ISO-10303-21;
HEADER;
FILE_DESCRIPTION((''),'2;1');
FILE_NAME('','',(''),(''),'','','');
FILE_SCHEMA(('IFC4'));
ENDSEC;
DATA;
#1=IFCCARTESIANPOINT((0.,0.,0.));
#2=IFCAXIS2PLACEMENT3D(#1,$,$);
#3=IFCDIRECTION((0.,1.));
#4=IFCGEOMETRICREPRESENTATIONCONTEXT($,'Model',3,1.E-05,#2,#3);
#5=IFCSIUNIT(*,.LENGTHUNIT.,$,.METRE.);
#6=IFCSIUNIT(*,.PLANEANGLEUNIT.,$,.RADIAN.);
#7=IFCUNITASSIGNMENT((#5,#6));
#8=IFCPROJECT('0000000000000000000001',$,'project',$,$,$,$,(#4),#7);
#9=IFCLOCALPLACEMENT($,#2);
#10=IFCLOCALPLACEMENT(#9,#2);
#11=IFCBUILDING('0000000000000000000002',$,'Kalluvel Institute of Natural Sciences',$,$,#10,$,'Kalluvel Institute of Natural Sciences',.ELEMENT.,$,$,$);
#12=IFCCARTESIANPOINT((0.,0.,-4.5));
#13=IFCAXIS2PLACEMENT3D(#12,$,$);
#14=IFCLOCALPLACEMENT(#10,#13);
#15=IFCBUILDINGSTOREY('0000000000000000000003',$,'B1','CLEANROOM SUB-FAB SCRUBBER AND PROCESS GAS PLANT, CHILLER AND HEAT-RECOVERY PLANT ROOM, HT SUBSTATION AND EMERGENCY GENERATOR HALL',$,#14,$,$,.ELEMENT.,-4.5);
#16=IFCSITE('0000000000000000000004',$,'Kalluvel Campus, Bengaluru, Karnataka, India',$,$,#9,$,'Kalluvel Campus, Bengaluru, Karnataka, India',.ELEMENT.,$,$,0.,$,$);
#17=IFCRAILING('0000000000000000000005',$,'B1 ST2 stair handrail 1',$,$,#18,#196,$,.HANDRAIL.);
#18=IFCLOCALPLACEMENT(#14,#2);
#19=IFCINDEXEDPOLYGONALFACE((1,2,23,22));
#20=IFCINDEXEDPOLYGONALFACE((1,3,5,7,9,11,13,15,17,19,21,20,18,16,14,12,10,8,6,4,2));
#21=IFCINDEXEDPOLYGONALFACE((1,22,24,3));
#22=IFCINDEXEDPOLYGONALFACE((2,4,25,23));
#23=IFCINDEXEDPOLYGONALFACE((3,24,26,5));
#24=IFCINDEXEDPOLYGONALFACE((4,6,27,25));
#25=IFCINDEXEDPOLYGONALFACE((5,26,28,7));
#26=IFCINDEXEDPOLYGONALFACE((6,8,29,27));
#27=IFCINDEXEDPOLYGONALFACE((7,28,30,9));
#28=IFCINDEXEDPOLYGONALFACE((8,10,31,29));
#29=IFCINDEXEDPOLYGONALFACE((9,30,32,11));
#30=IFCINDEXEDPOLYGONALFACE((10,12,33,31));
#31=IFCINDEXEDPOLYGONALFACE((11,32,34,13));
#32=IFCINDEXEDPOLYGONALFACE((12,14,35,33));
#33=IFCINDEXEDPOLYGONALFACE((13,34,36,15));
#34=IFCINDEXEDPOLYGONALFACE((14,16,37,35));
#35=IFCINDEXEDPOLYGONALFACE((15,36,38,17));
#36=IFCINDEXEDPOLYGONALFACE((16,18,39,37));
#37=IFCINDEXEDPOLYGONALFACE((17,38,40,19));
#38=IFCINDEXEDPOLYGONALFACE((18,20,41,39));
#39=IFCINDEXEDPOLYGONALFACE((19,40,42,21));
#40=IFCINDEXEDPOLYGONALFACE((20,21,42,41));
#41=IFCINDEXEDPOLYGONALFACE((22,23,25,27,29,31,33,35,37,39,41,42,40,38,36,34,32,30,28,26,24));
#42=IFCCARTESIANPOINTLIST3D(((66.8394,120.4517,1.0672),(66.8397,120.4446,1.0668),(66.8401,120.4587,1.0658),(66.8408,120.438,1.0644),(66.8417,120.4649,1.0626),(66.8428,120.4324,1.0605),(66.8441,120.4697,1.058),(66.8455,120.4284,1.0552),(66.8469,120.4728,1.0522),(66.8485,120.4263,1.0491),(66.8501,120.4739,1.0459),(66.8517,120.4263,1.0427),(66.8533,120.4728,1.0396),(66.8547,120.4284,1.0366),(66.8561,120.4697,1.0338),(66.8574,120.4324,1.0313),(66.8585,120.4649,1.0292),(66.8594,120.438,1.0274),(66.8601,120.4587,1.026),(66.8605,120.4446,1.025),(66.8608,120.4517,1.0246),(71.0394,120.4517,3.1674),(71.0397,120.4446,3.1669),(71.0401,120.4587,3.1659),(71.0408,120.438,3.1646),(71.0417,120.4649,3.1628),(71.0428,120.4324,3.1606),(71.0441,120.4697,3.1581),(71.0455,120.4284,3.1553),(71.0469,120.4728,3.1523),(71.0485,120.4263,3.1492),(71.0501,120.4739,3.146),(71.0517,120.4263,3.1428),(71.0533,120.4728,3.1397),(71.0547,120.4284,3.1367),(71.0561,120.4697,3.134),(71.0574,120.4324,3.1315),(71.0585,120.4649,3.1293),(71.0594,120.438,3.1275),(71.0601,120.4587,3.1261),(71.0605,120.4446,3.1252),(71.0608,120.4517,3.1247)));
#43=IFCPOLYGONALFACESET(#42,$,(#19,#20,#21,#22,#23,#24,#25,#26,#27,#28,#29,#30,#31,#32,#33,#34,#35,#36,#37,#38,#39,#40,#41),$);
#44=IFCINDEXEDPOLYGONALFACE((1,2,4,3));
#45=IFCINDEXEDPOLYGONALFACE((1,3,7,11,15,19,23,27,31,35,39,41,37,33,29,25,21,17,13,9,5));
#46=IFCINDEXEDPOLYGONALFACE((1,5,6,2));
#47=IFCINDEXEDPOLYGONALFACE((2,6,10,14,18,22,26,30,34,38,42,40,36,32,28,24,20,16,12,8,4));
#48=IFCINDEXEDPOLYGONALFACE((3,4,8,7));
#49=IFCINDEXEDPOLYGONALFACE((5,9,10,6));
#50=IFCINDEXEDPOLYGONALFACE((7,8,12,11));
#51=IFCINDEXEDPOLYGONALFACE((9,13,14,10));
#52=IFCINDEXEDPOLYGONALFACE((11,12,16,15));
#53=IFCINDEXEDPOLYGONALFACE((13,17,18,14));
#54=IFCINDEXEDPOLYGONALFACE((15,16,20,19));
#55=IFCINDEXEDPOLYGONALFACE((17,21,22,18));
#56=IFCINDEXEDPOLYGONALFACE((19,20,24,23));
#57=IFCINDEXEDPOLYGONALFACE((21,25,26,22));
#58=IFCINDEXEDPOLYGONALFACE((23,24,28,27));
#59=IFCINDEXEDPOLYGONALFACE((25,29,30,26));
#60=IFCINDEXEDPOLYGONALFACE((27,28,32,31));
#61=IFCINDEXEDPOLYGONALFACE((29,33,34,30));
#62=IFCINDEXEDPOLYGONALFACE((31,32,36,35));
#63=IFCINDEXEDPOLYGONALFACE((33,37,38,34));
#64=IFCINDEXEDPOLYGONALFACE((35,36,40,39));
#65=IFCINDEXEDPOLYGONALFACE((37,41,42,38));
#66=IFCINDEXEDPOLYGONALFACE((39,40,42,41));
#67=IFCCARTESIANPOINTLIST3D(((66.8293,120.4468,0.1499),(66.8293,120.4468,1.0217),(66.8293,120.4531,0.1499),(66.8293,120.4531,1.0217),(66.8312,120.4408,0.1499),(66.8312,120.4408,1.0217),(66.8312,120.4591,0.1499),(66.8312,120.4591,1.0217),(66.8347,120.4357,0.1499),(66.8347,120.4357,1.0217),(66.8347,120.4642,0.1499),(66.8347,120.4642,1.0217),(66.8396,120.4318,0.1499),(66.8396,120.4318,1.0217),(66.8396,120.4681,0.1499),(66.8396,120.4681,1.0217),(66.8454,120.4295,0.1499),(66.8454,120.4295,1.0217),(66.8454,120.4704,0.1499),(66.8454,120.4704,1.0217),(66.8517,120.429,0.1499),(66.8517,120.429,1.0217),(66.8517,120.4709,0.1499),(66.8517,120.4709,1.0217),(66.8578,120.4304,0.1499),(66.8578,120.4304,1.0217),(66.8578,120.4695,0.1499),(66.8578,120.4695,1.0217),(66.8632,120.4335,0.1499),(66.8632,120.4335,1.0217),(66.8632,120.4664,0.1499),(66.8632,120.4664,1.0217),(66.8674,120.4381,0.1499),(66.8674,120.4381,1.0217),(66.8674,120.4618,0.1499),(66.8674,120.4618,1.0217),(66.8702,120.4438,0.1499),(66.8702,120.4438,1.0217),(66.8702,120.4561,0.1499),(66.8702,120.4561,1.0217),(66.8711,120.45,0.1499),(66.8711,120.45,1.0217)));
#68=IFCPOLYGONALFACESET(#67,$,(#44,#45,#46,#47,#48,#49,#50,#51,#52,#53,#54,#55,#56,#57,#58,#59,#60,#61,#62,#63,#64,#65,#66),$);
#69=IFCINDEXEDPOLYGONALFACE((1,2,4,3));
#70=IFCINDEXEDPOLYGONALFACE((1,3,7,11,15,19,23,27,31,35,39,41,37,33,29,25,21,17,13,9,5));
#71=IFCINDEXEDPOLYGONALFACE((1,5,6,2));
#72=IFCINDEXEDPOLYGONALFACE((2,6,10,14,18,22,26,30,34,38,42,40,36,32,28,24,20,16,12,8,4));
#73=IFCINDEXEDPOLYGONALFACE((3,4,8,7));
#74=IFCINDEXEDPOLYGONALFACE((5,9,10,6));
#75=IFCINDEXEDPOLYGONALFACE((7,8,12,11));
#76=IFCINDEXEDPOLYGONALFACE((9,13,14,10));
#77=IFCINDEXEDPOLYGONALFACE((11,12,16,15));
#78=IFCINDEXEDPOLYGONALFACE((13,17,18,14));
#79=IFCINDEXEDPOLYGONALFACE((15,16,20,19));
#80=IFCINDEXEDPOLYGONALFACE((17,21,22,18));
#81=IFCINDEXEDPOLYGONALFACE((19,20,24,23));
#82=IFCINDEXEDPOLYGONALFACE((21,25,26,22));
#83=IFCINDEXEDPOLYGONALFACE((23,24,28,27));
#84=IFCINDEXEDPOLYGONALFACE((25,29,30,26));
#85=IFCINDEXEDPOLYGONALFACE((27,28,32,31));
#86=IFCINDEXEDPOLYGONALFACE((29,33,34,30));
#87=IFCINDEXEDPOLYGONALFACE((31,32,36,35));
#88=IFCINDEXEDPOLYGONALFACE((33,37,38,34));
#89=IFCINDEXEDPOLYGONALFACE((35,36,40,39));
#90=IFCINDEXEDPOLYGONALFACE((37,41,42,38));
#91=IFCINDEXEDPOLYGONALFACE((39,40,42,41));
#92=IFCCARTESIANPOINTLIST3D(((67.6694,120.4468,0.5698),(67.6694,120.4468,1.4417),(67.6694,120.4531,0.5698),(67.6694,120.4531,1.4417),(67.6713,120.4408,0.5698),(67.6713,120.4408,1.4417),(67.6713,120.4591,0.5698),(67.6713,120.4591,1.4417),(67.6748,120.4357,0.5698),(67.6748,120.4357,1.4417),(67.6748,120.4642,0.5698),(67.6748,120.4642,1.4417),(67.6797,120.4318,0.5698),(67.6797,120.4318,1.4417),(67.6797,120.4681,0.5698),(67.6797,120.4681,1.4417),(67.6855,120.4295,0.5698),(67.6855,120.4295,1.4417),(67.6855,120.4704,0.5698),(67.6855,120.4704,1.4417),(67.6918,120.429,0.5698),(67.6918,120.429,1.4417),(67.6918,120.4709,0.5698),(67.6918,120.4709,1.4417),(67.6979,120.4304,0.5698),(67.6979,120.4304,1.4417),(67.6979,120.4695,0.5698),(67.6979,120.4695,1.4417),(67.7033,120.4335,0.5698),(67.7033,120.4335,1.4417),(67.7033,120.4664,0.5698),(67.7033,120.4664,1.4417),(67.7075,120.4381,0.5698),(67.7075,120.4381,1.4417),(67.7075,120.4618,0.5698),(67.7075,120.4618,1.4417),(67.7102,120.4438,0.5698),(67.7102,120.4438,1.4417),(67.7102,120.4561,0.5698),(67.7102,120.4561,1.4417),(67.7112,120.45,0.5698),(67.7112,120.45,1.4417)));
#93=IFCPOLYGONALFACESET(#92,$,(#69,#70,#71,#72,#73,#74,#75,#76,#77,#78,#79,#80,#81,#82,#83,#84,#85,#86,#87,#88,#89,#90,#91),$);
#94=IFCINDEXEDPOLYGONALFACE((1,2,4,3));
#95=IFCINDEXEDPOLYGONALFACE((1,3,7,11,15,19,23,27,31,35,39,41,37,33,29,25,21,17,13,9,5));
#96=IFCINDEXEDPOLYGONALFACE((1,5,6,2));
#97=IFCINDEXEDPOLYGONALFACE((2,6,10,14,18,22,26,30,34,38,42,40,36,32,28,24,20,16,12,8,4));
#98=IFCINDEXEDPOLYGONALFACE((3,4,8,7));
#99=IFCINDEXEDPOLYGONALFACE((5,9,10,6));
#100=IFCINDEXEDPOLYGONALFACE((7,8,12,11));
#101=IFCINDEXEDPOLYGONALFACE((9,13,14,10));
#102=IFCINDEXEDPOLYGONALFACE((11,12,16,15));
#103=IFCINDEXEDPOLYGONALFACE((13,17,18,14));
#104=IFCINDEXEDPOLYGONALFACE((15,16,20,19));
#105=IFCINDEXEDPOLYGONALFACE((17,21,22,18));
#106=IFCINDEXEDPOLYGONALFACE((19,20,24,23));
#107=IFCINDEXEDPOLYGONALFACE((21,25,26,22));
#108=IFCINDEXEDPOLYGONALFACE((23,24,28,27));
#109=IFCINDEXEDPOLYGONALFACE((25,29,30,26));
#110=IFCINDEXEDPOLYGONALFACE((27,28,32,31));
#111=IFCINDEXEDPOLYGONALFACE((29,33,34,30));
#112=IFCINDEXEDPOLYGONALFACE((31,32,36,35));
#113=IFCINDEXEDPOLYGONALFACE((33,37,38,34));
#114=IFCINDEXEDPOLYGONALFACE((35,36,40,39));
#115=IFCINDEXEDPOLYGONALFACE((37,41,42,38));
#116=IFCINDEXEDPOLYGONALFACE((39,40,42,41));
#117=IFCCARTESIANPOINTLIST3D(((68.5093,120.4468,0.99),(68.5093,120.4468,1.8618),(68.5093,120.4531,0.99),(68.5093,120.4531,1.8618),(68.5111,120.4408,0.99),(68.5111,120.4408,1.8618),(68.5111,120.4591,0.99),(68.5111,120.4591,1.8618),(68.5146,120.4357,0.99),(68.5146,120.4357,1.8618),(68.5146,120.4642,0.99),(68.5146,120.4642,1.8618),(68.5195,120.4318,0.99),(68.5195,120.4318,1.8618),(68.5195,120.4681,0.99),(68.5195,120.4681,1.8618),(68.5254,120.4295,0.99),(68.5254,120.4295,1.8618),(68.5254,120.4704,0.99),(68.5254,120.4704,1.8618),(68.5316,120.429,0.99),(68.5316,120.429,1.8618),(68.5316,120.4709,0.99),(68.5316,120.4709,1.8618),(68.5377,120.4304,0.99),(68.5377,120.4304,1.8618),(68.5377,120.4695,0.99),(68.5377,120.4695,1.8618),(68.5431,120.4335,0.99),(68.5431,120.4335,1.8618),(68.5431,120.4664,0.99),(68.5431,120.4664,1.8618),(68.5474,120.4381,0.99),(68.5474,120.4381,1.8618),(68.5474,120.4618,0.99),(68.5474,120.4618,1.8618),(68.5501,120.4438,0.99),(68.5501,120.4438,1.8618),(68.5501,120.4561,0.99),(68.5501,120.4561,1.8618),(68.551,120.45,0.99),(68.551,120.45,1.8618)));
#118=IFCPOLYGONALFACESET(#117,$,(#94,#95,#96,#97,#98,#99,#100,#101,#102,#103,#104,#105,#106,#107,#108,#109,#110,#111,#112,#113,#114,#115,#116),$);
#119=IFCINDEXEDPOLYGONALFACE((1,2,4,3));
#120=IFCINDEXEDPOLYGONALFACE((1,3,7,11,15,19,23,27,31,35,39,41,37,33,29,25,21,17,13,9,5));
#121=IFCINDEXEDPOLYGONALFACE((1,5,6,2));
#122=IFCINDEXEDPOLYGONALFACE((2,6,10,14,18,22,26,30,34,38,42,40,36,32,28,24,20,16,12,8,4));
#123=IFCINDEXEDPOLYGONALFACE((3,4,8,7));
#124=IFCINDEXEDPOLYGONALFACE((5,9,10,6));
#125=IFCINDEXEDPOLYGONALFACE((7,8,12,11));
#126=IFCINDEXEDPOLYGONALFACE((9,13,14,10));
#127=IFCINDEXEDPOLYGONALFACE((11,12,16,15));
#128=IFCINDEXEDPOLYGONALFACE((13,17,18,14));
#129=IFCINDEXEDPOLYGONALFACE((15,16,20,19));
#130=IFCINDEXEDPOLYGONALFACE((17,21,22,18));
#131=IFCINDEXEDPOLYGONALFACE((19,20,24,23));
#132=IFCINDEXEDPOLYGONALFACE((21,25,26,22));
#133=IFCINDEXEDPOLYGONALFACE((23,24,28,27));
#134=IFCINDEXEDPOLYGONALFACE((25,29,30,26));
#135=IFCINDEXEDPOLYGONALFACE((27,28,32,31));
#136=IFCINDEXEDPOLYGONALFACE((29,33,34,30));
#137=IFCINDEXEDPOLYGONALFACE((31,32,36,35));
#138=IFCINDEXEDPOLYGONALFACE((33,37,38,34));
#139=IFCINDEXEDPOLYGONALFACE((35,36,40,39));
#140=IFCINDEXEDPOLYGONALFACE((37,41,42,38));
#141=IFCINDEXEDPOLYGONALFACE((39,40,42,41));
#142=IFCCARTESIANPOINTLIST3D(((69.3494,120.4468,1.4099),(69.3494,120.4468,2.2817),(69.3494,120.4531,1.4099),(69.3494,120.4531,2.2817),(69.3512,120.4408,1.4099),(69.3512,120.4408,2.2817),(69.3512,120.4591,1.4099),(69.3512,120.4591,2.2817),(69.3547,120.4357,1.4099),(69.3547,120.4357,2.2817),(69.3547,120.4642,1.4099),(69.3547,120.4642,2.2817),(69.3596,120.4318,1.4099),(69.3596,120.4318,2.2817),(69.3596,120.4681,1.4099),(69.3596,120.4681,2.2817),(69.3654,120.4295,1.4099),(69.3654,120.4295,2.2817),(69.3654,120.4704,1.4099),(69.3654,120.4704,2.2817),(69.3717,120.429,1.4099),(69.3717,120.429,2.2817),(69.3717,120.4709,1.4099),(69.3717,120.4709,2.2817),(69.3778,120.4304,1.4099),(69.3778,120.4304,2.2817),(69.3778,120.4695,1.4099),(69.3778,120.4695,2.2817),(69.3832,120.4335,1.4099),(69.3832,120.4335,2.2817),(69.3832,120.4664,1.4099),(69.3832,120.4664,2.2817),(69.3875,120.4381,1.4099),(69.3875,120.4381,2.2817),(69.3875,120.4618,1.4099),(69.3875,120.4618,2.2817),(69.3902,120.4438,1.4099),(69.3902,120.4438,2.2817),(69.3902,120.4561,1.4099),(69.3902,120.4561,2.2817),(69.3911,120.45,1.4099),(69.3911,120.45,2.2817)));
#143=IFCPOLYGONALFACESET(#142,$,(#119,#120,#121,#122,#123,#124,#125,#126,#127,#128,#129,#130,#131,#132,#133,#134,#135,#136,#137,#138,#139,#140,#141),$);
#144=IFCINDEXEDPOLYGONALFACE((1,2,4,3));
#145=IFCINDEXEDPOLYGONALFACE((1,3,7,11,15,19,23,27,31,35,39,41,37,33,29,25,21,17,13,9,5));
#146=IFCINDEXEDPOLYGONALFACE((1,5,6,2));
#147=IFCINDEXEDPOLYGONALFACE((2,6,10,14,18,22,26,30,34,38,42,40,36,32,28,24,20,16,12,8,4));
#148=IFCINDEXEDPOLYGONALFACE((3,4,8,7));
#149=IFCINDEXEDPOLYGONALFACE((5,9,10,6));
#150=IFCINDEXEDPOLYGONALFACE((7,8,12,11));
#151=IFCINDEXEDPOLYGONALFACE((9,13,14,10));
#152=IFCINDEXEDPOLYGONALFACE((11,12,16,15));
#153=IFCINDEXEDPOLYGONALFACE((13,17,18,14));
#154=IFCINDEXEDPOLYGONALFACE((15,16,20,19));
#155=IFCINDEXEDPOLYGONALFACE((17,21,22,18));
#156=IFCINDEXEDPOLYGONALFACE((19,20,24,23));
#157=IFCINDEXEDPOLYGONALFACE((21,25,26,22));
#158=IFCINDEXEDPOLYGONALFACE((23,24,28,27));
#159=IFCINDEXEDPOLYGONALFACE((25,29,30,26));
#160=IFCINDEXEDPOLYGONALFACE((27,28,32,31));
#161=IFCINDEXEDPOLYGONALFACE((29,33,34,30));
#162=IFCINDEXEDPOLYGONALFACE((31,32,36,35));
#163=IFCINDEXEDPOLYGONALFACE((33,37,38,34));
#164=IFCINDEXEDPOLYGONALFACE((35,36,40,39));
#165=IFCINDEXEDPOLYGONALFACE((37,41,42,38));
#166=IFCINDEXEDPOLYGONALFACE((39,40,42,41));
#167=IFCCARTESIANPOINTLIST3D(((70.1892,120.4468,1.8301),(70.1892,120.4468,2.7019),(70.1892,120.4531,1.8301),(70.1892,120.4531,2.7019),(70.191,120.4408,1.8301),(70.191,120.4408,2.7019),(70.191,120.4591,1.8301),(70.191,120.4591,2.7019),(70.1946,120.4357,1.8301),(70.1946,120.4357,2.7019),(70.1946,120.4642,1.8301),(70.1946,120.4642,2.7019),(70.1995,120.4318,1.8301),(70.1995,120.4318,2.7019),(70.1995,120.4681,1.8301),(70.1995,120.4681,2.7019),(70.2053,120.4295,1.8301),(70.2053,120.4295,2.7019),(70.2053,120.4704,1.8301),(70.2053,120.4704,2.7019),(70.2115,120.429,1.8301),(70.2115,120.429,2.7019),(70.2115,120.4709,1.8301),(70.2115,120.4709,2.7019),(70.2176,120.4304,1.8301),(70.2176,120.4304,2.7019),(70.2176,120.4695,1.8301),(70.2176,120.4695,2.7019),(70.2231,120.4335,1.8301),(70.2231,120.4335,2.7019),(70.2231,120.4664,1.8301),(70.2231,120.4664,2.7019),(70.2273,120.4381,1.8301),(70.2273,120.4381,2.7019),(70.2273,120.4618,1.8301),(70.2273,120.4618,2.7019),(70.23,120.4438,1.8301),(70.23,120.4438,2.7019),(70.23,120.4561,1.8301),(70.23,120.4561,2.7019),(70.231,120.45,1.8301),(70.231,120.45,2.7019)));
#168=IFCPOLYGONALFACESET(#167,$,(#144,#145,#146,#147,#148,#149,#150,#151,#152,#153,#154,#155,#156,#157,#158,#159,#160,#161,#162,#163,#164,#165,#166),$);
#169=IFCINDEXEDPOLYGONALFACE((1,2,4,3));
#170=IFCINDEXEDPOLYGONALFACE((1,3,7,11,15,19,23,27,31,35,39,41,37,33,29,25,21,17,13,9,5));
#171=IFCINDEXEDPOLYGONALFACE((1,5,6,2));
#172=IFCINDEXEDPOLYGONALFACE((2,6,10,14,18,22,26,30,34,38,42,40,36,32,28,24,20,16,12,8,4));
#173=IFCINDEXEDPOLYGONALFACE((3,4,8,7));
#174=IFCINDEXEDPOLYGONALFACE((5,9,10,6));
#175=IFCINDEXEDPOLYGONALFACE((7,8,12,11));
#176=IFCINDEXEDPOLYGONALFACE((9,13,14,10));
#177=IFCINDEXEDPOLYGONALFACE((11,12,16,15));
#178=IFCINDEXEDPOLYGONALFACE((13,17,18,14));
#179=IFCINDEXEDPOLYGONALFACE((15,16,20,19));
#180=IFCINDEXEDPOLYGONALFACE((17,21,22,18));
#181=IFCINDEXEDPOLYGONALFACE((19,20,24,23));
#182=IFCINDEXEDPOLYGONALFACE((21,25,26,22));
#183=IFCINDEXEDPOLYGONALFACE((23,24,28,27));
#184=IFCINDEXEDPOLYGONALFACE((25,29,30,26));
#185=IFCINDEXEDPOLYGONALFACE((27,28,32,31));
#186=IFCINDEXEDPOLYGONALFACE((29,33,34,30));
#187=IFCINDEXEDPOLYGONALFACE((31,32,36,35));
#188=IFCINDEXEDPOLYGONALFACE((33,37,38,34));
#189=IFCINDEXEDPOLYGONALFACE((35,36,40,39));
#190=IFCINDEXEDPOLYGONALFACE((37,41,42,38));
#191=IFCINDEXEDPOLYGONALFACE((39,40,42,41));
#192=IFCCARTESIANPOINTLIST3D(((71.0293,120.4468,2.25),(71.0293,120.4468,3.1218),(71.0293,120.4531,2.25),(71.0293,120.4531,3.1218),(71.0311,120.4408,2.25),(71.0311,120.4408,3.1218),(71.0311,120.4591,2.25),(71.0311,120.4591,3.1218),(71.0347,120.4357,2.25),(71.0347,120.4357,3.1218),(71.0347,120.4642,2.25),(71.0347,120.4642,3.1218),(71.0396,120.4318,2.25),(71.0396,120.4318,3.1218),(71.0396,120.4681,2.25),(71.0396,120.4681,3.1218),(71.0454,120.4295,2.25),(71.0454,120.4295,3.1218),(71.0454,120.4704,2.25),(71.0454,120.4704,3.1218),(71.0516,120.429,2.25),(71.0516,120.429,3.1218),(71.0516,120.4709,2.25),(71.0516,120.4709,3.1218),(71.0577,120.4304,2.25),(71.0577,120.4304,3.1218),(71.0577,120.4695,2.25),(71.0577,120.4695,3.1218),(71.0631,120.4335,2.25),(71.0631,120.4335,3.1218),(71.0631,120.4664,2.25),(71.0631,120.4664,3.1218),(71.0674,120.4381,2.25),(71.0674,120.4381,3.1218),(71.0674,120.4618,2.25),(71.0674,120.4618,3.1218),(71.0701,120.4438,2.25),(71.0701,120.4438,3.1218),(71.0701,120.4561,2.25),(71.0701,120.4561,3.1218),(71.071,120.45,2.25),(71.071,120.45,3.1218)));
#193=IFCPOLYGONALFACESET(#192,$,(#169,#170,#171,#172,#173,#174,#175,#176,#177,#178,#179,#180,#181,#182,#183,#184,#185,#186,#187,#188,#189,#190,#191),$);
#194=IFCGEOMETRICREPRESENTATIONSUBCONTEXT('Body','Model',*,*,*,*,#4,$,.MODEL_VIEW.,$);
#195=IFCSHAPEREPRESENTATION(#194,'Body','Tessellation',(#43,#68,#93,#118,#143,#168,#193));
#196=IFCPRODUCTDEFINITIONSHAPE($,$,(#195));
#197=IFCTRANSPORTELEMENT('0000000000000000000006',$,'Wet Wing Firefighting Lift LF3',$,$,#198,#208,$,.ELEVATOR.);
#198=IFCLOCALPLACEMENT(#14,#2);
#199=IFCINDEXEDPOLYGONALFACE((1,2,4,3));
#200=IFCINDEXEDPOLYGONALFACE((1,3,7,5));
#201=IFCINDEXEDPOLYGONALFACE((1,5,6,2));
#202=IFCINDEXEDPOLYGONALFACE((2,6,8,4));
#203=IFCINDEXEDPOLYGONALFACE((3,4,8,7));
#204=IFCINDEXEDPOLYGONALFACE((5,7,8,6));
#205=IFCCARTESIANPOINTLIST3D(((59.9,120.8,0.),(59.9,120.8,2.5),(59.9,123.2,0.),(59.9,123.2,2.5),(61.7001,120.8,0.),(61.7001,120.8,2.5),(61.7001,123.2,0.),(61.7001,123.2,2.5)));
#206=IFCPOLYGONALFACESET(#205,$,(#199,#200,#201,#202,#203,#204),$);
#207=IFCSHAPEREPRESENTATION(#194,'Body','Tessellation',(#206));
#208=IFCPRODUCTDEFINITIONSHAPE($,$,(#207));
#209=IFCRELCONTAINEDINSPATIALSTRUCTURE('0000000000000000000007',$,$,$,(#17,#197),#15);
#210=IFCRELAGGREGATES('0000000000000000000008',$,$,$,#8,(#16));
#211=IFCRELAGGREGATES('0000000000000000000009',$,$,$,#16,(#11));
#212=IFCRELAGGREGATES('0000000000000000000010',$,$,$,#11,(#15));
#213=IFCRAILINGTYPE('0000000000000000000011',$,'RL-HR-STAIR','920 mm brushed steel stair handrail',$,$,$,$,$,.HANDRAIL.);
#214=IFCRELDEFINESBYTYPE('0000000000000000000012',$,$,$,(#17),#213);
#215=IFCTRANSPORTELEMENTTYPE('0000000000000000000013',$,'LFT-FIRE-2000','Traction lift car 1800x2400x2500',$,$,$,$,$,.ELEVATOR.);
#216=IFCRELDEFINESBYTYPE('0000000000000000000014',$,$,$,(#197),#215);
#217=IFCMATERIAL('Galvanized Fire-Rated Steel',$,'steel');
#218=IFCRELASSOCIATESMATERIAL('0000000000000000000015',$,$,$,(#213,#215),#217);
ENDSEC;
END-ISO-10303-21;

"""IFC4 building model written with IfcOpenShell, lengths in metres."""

from ifc_helpers import new_model, si_unit, direction, frame, origin, origin_2d, place, context, subcontext, project, spatial, rectangle, circle, extrude, material, type_object, element, save


model = new_model("IFC4")

# Units and contexts
model_context = context("Model", 3, precision=1e-05, world=origin(), true_north=direction((0.0, 1.0)))
body_context = subcontext(model_context, "Body", "Model", "MODEL_VIEW")
ifc_project = project(units=[si_unit("LENGTHUNIT", "METRE"), si_unit("PLANEANGLEUNIT", "RADIAN")], contexts=[model_context])

# Site, building, storey
site_placement = place(None, origin())
site = spatial("IfcSite", under=ifc_project, at=site_placement, Name="Kalluvel Campus, Bengaluru, Karnataka, India", LongName="Kalluvel Campus, Bengaluru, Karnataka, India", CompositionType="ELEMENT", RefElevation=0.0)
building_placement = place(site_placement, origin())
building = spatial("IfcBuilding", under=site, at=building_placement, Name="Kalluvel Institute of Natural Sciences", LongName="Kalluvel Institute of Natural Sciences", CompositionType="ELEMENT")
storey_placement = place(building_placement, frame((0.0, 0.0, -4.5)))
storey = spatial("IfcBuildingStorey", under=building, at=storey_placement, Name="B1", Description="CLEANROOM SUB-FAB SCRUBBER AND PROCESS GAS PLANT, CHILLER AND HEAT-RECOVERY PLANT ROOM, HT SUBSTATION AND EMERGENCY GENERATOR HALL", CompositionType="ELEMENT", Elevation=-4.5)

# Shared definitions
ifc_material_1 = material(Name="Galvanized Fire-Rated Steel", Category="steel")

# Railing
railing_type_1 = type_object("IfcRailingType", Name="RL-HR-STAIR", Description="920 mm brushed steel stair handrail", PredefinedType="HANDRAIL", material=ifc_material_1)
railing_1_placement = place(storey_placement, frame((66.8501, 120.45, 0.1499)))
element("IfcRailing", 1, at=railing_1_placement, inside=storey, type_object=railing_type_1, Name="B1 ST2 stair handrail 1", PredefinedType="HANDRAIL", context=body_context, shape_type="SweptSolid", body=[
    extrude(circle(Radius=0.0239, at=origin_2d()), frame((0.0, 0.0, 0.896), z_axis=(0.894417, 0.0, 0.447234), x_axis=(0.0, 1.0, 0.0)), (0.0, 0.0, 1.0), 4.6958),
    extrude(circle(Radius=0.021, at=origin_2d()), origin(), (0.0, 0.0, 1.0), 0.8718),
    extrude(circle(Radius=0.021, at=origin_2d()), frame((0.8401, 0.0, 0.4199)), (0.0, 0.0, 1.0), 0.8718),
    extrude(circle(Radius=0.021, at=origin_2d()), frame((1.6799, 0.0, 0.8401)), (0.0, 0.0, 1.0), 0.8718),
    extrude(circle(Radius=0.021, at=origin_2d()), frame((2.52, 0.0, 1.26)), (0.0, 0.0, 1.0), 0.8718),
    extrude(circle(Radius=0.021, at=origin_2d()), frame((3.3599, 0.0, 1.6802)), (0.0, 0.0, 1.0), 0.8718),
    extrude(circle(Radius=0.021, at=origin_2d()), frame((4.2, 0.0, 2.1001)), (0.0, 0.0, 1.0), 0.8718),
])

# Transport element
transport_element_type = type_object("IfcTransportElementType", Name="LFT-FIRE-2000", Description="Traction lift car 1800x2400x2500", PredefinedType="ELEVATOR", material=ifc_material_1)
transport_element_placement = place(storey_placement, frame((60.8, 122.0, 0.0), z_axis=(0.0, 0.0, 1.0), x_axis=(1.0, 0.0, 0.0)))
element("IfcTransportElement", 2, at=transport_element_placement, inside=storey, type_object=transport_element_type, Name="Wet Wing Firefighting Lift LF3", PredefinedType="ELEVATOR", context=body_context, shape_type="SweptSolid", body=[
    extrude(rectangle(XDim=1.8, YDim=2.3999, at=origin_2d()), origin(), (0.0, 0.0, 1.0), 2.5),
])

save(model, "model.ifc")
